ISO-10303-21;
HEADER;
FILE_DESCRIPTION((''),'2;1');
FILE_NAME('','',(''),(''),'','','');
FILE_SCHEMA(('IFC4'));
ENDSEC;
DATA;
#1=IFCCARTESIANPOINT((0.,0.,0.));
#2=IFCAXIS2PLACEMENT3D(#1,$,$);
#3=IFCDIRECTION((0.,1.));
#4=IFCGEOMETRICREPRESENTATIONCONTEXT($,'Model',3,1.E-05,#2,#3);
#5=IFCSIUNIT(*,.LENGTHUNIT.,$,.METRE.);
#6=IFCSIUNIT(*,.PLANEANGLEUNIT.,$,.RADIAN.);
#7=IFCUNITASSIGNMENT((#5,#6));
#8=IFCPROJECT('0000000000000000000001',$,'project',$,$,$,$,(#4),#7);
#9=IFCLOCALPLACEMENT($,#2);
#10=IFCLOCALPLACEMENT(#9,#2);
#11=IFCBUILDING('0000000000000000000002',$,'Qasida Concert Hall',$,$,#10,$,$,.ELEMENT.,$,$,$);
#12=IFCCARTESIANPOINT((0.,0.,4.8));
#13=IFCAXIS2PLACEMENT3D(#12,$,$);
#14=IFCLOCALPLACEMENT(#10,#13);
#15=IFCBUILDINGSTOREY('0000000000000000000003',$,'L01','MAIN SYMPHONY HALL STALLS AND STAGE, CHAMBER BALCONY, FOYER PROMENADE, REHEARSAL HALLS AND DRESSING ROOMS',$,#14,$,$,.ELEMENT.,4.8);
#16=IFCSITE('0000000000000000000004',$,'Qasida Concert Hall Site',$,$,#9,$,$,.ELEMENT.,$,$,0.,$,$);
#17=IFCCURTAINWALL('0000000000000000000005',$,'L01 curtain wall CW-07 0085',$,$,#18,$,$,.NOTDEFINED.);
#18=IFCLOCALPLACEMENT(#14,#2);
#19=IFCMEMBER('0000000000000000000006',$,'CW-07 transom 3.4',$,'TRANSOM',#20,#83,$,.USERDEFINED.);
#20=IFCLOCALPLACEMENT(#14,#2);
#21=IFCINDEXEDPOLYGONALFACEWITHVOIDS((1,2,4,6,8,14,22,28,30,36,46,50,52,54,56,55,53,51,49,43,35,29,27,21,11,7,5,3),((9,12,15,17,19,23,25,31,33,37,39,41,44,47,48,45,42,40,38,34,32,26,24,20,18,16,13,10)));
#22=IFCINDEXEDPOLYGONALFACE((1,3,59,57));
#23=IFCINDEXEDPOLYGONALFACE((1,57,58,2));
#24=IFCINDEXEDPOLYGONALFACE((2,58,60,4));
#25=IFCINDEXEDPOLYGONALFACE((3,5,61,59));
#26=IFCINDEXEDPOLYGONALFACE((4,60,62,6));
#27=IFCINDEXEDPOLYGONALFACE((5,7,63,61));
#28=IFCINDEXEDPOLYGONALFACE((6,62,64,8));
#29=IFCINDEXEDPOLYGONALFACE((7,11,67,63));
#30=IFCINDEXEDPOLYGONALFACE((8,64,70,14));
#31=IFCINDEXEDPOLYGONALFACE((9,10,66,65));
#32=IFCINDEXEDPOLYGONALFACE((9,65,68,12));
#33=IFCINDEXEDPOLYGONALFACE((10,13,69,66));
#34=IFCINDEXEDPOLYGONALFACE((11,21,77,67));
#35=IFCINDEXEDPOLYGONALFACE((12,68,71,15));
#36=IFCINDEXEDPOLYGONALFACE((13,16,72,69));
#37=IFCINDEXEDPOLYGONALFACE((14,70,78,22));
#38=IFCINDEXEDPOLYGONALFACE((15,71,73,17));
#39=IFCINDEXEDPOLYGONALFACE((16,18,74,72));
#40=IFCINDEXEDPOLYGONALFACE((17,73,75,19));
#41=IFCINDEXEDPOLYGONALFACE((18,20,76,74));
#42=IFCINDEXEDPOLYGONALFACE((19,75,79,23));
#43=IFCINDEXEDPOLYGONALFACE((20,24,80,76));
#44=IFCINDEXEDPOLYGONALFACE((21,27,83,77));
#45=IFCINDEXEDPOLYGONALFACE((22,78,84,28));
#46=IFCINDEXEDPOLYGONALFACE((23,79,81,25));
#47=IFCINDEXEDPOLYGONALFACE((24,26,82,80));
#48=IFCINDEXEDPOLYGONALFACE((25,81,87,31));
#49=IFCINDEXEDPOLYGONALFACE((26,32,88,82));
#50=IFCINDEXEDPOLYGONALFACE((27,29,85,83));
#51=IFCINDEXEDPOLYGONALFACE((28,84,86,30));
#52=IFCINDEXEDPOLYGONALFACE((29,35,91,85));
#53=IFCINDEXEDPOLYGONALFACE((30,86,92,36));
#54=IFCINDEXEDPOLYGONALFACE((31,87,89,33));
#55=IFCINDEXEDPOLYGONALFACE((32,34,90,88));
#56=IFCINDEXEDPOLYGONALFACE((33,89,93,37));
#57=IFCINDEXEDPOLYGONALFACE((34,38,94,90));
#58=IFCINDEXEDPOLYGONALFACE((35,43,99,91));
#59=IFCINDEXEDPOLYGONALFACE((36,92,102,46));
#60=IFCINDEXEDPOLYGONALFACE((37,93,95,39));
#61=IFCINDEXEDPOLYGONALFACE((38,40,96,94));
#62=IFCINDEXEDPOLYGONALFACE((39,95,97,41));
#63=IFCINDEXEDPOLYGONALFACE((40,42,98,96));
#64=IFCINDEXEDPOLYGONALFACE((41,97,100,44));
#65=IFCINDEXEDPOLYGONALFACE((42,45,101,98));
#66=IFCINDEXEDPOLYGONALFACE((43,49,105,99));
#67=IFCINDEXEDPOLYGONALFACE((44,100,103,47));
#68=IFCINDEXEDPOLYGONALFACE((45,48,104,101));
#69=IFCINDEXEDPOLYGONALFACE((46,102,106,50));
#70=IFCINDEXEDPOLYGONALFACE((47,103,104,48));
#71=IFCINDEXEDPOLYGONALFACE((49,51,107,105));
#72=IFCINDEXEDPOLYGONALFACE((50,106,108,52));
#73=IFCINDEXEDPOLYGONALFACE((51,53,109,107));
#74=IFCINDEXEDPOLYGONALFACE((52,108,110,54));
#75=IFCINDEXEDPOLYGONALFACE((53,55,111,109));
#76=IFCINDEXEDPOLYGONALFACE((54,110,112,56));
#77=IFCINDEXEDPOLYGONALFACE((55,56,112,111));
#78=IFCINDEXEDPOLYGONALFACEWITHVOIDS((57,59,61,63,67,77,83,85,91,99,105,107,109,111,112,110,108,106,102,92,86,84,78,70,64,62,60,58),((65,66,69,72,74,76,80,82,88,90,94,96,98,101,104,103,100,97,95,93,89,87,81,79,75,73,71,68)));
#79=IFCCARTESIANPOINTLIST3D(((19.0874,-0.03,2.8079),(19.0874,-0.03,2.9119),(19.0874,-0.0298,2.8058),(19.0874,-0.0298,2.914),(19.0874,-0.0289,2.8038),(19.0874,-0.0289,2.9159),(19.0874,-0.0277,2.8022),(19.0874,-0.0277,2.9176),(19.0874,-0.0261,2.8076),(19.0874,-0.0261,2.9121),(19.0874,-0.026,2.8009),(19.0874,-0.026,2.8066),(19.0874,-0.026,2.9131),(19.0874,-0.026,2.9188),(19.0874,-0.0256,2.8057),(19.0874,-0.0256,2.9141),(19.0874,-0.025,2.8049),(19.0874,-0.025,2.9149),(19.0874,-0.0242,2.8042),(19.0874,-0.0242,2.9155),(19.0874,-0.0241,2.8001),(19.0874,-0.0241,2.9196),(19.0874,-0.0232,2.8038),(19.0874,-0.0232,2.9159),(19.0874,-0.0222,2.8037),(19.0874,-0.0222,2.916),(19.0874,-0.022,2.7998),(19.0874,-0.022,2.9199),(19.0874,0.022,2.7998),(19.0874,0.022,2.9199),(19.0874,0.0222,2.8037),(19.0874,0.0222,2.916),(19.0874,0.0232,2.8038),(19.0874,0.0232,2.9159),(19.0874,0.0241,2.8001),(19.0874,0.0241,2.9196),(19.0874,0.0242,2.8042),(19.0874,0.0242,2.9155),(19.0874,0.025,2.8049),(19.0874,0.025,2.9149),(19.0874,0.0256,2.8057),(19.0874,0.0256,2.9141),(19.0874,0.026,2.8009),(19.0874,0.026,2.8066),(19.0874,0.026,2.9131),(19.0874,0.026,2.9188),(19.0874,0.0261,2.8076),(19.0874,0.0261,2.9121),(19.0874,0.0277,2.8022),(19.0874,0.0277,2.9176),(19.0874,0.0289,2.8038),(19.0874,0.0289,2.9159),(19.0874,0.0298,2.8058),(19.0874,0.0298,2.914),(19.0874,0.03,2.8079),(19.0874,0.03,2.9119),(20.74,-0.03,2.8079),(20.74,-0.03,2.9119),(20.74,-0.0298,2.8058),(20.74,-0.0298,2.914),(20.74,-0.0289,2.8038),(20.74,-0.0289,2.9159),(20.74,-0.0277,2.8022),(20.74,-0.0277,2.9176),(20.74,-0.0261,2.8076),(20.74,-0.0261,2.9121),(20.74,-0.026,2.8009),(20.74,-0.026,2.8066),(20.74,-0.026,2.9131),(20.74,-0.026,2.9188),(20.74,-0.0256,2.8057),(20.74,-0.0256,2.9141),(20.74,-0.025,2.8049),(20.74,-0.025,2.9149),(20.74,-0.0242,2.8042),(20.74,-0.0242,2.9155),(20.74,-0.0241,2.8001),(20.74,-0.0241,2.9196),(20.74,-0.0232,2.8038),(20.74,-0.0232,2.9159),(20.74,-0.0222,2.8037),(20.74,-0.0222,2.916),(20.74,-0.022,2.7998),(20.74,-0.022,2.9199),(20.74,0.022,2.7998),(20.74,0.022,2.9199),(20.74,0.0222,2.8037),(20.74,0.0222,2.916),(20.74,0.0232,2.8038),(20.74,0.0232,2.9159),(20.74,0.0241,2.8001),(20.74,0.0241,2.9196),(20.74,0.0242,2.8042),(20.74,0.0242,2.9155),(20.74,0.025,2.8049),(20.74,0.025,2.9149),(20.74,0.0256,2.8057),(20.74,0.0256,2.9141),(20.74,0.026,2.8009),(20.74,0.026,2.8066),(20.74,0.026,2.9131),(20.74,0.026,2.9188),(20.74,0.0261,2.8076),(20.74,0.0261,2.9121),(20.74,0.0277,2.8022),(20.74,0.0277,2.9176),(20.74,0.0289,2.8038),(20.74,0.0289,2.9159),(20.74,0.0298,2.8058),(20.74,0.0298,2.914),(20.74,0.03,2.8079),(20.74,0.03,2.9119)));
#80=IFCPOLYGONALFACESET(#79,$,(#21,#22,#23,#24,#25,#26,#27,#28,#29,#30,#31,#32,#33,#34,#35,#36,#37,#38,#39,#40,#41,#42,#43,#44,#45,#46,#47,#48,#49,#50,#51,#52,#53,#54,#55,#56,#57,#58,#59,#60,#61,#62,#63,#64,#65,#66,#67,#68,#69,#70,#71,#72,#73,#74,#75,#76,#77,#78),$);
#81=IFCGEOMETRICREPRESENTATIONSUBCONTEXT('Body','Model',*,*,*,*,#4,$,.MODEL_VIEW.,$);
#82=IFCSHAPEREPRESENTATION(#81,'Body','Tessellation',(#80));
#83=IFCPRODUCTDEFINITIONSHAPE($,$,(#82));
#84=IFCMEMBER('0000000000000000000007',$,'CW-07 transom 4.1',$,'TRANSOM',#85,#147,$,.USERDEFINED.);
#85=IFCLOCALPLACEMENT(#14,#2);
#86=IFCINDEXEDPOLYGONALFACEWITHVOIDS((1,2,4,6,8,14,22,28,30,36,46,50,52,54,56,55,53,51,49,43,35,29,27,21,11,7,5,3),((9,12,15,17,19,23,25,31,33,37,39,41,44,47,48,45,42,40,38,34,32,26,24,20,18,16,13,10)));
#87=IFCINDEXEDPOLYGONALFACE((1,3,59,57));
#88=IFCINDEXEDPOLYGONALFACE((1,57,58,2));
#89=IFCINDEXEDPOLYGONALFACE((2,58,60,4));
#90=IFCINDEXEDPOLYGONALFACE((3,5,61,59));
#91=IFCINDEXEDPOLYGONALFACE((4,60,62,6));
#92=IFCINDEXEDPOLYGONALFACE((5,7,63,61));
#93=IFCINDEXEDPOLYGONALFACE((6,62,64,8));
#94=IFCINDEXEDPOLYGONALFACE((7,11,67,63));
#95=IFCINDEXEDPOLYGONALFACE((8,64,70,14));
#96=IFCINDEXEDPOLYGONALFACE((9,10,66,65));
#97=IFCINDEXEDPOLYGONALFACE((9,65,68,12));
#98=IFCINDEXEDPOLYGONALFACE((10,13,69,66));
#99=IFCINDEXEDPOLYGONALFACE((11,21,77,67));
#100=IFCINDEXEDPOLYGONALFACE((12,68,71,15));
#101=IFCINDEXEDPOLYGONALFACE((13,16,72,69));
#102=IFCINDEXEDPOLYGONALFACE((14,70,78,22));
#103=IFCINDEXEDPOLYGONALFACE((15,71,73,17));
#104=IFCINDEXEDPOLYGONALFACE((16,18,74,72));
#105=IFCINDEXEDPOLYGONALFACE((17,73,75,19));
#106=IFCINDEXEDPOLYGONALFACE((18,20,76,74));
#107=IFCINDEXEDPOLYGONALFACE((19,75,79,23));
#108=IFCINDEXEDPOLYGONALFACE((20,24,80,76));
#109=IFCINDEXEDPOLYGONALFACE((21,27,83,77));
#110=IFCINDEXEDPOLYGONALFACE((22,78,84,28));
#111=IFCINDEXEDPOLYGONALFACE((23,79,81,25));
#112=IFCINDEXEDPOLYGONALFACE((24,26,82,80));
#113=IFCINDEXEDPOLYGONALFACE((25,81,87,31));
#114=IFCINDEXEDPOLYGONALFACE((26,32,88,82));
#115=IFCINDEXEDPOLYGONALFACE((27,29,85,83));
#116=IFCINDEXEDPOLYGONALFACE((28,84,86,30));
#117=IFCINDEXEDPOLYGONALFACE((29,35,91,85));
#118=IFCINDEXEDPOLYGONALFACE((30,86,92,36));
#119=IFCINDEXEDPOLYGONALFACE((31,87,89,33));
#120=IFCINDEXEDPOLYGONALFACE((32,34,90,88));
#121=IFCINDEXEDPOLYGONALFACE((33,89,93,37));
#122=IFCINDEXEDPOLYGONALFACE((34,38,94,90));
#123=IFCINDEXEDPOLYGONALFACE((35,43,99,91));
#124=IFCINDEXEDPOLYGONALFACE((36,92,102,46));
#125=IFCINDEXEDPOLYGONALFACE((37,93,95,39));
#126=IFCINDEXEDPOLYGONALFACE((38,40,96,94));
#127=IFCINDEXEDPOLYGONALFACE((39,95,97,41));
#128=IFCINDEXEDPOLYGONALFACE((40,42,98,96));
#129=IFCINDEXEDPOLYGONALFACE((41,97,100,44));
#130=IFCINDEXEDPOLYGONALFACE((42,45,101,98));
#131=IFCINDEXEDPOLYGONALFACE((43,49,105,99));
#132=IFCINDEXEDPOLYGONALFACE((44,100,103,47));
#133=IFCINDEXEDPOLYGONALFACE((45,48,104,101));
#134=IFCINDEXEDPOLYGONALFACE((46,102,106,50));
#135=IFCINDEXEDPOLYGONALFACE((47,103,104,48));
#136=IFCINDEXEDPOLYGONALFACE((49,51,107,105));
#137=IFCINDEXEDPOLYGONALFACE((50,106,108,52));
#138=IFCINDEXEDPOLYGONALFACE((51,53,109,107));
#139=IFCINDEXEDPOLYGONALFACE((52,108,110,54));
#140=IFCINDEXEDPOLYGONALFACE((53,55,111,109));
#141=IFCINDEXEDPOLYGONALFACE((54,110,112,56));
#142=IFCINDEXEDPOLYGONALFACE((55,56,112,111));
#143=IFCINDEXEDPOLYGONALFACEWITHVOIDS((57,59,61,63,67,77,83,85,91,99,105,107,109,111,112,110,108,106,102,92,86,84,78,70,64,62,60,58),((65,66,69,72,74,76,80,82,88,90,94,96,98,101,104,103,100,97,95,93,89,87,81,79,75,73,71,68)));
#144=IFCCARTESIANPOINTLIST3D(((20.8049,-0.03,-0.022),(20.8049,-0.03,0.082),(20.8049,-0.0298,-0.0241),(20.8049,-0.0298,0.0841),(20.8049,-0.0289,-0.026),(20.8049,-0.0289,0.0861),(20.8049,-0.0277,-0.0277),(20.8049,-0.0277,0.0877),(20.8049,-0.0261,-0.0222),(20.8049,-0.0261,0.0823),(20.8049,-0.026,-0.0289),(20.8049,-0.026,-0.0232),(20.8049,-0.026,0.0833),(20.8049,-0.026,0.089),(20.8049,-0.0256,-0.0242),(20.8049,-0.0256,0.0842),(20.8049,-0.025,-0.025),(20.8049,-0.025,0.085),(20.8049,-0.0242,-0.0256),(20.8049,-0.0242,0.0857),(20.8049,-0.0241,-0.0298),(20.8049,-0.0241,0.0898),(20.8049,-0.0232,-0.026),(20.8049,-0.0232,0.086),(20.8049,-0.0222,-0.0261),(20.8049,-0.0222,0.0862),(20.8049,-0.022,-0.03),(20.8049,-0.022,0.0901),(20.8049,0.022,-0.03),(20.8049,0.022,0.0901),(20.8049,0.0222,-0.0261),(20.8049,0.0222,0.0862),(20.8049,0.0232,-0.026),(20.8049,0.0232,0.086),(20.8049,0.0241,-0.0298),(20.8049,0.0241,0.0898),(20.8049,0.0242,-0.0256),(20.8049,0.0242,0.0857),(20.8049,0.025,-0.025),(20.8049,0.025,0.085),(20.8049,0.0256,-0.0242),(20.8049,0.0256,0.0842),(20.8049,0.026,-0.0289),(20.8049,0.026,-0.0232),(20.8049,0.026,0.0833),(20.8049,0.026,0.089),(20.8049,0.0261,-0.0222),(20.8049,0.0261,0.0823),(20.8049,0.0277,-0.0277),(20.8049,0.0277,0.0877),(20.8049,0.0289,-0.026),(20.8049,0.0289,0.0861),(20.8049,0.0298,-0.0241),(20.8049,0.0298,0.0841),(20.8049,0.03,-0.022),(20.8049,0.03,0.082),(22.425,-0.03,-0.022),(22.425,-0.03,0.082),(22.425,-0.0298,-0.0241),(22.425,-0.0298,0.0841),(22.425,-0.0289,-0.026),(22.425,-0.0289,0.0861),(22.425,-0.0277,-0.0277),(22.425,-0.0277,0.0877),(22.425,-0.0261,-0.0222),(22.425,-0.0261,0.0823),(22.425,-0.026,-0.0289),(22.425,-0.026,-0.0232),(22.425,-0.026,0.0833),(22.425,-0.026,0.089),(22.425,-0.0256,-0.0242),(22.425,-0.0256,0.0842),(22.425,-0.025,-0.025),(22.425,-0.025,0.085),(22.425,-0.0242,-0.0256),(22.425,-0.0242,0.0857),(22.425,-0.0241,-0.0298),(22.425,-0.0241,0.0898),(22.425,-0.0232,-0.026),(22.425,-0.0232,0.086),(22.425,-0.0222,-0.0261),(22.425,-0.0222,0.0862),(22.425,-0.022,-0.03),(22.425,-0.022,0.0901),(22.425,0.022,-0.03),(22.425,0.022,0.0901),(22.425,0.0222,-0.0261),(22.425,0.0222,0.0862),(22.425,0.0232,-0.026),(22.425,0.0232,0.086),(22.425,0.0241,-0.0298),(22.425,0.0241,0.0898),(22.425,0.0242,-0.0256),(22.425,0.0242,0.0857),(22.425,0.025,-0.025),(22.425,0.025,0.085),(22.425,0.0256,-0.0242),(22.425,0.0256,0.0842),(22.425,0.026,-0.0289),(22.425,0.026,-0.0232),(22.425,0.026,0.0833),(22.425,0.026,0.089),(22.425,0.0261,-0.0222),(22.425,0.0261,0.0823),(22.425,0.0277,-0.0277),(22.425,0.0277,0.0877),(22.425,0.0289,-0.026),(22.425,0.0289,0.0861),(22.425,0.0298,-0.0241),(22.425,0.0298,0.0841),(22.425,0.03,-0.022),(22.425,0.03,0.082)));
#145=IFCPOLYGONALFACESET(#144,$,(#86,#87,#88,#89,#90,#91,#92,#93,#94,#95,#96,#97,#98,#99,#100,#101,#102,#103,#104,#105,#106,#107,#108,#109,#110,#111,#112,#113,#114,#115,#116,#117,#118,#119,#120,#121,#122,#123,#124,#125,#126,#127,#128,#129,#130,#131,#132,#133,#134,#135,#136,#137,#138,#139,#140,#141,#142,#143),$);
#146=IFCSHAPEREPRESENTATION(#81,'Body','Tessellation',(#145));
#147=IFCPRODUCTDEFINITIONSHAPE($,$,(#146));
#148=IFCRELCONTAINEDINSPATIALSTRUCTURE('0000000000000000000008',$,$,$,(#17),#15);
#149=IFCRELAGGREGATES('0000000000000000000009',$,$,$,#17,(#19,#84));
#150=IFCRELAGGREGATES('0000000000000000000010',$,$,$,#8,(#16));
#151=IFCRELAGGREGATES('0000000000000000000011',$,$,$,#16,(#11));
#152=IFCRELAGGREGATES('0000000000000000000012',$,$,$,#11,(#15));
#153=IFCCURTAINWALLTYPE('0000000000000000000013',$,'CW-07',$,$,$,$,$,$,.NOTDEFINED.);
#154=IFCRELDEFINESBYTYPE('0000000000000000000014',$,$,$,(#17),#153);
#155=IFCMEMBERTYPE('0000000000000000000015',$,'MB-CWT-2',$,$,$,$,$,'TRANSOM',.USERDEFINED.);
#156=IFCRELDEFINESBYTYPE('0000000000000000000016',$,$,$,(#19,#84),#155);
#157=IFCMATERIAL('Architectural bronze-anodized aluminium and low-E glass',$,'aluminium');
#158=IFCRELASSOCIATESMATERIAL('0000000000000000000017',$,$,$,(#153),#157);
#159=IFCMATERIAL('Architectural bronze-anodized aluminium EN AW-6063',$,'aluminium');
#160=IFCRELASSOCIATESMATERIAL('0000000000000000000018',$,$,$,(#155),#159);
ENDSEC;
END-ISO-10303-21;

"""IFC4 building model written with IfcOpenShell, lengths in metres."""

from ifc_helpers import new_model, si_unit, direction, frame, origin, origin_2d, place, context, subcontext, project, spatial, hollow_rectangle, extrude, material, material_profile, profile_set, type_object, element, aggregate, save


model = new_model("IFC4")

# Units and contexts
model_context = context("Model", 3, precision=1e-05, world=origin(), true_north=direction((0.0, 1.0)))
body_context = subcontext(model_context, "Body", "Model", "MODEL_VIEW")
ifc_project = project(units=[si_unit("LENGTHUNIT", "METRE"), si_unit("PLANEANGLEUNIT", "RADIAN")], contexts=[model_context])

# Site, building, storey
site_placement = place(None, origin())
site = spatial("IfcSite", under=ifc_project, at=site_placement, Name="Qasida Concert Hall Site", CompositionType="ELEMENT", RefElevation=0.0)
building_placement = place(site_placement, origin())
building = spatial("IfcBuilding", under=site, at=building_placement, Name="Qasida Concert Hall", CompositionType="ELEMENT")
storey_placement = place(building_placement, frame((0.0, 0.0, 4.8)))
storey = spatial("IfcBuildingStorey", under=building, at=storey_placement, Name="L01", Description="MAIN SYMPHONY HALL STALLS AND STAGE, CHAMBER BALCONY, FOYER PROMENADE, REHEARSAL HALLS AND DRESSING ROOMS", CompositionType="ELEMENT", Elevation=4.8)

# Curtain wall, members
ifc_material_1 = material(Name="Architectural bronze-anodized aluminium and low-E glass", Category="aluminium")
curtain_wall_type = type_object("IfcCurtainWallType", Name="CW-07", PredefinedType="NOTDEFINED", material=ifc_material_1)
curtain_wall_placement = place(storey_placement, origin())
curtain_wall = element("IfcCurtainWall", 1, at=curtain_wall_placement, inside=storey, type_object=curtain_wall_type, Name="L01 curtain wall CW-07 0085", PredefinedType="NOTDEFINED")
ifc_material_2 = material(Name="Architectural bronze-anodized aluminium EN AW-6063", Category="aluminium")
ifc_material_profile_1 = material_profile(ifc_material_2, hollow_rectangle(XDim=0.0601, YDim=0.1201, WallThickness=0.0039, InnerFilletRadius=0.0039, OuterFilletRadius=0.0081, at=origin_2d()), Name="CWT 120x60x4")
ifc_profile_set_1 = profile_set([ifc_material_profile_1], Name="Architectural bronze-anodized aluminium EN AW-6063")
member_type_1 = type_object("IfcMemberType", Name="MB-CWT-2", ElementType="TRANSOM", PredefinedType="USERDEFINED", material=ifc_profile_set_1)
member_1_placement = place(storey_placement, frame((19.0874, 0.0, 2.8599), z_axis=(1.0, 0.0, 0.0), x_axis=(0.0, 1.0, 0.0)))
member_1 = element("IfcMember", 2, at=member_1_placement, type_object=member_type_1, Name="CW-07 transom 3.4", ObjectType="TRANSOM", PredefinedType="USERDEFINED", context=body_context, shape_type="SweptSolid", body=[
    extrude(hollow_rectangle(XDim=0.0601, YDim=0.1201, WallThickness=0.0039, InnerFilletRadius=0.0039, OuterFilletRadius=0.0081, at=origin_2d()), origin(), (0.0, 0.0, 1.0), 1.6526),
])
member_2_placement = place(storey_placement, frame((20.8049, 0.0, 0.03), z_axis=(1.0, 0.0, 0.0), x_axis=(0.0, 1.0, 0.0)))
member_2 = element("IfcMember", 3, at=member_2_placement, type_object=member_type_1, Name="CW-07 transom 4.1", ObjectType="TRANSOM", PredefinedType="USERDEFINED", context=body_context, shape_type="SweptSolid", body=[
    extrude(hollow_rectangle(XDim=0.0601, YDim=0.1201, WallThickness=0.0039, InnerFilletRadius=0.0039, OuterFilletRadius=0.0081, at=origin_2d()), origin(), (0.0, 0.0, 1.0), 1.6201),
])
aggregate(curtain_wall, [member_1, member_2])

save(model, "model.ifc")
